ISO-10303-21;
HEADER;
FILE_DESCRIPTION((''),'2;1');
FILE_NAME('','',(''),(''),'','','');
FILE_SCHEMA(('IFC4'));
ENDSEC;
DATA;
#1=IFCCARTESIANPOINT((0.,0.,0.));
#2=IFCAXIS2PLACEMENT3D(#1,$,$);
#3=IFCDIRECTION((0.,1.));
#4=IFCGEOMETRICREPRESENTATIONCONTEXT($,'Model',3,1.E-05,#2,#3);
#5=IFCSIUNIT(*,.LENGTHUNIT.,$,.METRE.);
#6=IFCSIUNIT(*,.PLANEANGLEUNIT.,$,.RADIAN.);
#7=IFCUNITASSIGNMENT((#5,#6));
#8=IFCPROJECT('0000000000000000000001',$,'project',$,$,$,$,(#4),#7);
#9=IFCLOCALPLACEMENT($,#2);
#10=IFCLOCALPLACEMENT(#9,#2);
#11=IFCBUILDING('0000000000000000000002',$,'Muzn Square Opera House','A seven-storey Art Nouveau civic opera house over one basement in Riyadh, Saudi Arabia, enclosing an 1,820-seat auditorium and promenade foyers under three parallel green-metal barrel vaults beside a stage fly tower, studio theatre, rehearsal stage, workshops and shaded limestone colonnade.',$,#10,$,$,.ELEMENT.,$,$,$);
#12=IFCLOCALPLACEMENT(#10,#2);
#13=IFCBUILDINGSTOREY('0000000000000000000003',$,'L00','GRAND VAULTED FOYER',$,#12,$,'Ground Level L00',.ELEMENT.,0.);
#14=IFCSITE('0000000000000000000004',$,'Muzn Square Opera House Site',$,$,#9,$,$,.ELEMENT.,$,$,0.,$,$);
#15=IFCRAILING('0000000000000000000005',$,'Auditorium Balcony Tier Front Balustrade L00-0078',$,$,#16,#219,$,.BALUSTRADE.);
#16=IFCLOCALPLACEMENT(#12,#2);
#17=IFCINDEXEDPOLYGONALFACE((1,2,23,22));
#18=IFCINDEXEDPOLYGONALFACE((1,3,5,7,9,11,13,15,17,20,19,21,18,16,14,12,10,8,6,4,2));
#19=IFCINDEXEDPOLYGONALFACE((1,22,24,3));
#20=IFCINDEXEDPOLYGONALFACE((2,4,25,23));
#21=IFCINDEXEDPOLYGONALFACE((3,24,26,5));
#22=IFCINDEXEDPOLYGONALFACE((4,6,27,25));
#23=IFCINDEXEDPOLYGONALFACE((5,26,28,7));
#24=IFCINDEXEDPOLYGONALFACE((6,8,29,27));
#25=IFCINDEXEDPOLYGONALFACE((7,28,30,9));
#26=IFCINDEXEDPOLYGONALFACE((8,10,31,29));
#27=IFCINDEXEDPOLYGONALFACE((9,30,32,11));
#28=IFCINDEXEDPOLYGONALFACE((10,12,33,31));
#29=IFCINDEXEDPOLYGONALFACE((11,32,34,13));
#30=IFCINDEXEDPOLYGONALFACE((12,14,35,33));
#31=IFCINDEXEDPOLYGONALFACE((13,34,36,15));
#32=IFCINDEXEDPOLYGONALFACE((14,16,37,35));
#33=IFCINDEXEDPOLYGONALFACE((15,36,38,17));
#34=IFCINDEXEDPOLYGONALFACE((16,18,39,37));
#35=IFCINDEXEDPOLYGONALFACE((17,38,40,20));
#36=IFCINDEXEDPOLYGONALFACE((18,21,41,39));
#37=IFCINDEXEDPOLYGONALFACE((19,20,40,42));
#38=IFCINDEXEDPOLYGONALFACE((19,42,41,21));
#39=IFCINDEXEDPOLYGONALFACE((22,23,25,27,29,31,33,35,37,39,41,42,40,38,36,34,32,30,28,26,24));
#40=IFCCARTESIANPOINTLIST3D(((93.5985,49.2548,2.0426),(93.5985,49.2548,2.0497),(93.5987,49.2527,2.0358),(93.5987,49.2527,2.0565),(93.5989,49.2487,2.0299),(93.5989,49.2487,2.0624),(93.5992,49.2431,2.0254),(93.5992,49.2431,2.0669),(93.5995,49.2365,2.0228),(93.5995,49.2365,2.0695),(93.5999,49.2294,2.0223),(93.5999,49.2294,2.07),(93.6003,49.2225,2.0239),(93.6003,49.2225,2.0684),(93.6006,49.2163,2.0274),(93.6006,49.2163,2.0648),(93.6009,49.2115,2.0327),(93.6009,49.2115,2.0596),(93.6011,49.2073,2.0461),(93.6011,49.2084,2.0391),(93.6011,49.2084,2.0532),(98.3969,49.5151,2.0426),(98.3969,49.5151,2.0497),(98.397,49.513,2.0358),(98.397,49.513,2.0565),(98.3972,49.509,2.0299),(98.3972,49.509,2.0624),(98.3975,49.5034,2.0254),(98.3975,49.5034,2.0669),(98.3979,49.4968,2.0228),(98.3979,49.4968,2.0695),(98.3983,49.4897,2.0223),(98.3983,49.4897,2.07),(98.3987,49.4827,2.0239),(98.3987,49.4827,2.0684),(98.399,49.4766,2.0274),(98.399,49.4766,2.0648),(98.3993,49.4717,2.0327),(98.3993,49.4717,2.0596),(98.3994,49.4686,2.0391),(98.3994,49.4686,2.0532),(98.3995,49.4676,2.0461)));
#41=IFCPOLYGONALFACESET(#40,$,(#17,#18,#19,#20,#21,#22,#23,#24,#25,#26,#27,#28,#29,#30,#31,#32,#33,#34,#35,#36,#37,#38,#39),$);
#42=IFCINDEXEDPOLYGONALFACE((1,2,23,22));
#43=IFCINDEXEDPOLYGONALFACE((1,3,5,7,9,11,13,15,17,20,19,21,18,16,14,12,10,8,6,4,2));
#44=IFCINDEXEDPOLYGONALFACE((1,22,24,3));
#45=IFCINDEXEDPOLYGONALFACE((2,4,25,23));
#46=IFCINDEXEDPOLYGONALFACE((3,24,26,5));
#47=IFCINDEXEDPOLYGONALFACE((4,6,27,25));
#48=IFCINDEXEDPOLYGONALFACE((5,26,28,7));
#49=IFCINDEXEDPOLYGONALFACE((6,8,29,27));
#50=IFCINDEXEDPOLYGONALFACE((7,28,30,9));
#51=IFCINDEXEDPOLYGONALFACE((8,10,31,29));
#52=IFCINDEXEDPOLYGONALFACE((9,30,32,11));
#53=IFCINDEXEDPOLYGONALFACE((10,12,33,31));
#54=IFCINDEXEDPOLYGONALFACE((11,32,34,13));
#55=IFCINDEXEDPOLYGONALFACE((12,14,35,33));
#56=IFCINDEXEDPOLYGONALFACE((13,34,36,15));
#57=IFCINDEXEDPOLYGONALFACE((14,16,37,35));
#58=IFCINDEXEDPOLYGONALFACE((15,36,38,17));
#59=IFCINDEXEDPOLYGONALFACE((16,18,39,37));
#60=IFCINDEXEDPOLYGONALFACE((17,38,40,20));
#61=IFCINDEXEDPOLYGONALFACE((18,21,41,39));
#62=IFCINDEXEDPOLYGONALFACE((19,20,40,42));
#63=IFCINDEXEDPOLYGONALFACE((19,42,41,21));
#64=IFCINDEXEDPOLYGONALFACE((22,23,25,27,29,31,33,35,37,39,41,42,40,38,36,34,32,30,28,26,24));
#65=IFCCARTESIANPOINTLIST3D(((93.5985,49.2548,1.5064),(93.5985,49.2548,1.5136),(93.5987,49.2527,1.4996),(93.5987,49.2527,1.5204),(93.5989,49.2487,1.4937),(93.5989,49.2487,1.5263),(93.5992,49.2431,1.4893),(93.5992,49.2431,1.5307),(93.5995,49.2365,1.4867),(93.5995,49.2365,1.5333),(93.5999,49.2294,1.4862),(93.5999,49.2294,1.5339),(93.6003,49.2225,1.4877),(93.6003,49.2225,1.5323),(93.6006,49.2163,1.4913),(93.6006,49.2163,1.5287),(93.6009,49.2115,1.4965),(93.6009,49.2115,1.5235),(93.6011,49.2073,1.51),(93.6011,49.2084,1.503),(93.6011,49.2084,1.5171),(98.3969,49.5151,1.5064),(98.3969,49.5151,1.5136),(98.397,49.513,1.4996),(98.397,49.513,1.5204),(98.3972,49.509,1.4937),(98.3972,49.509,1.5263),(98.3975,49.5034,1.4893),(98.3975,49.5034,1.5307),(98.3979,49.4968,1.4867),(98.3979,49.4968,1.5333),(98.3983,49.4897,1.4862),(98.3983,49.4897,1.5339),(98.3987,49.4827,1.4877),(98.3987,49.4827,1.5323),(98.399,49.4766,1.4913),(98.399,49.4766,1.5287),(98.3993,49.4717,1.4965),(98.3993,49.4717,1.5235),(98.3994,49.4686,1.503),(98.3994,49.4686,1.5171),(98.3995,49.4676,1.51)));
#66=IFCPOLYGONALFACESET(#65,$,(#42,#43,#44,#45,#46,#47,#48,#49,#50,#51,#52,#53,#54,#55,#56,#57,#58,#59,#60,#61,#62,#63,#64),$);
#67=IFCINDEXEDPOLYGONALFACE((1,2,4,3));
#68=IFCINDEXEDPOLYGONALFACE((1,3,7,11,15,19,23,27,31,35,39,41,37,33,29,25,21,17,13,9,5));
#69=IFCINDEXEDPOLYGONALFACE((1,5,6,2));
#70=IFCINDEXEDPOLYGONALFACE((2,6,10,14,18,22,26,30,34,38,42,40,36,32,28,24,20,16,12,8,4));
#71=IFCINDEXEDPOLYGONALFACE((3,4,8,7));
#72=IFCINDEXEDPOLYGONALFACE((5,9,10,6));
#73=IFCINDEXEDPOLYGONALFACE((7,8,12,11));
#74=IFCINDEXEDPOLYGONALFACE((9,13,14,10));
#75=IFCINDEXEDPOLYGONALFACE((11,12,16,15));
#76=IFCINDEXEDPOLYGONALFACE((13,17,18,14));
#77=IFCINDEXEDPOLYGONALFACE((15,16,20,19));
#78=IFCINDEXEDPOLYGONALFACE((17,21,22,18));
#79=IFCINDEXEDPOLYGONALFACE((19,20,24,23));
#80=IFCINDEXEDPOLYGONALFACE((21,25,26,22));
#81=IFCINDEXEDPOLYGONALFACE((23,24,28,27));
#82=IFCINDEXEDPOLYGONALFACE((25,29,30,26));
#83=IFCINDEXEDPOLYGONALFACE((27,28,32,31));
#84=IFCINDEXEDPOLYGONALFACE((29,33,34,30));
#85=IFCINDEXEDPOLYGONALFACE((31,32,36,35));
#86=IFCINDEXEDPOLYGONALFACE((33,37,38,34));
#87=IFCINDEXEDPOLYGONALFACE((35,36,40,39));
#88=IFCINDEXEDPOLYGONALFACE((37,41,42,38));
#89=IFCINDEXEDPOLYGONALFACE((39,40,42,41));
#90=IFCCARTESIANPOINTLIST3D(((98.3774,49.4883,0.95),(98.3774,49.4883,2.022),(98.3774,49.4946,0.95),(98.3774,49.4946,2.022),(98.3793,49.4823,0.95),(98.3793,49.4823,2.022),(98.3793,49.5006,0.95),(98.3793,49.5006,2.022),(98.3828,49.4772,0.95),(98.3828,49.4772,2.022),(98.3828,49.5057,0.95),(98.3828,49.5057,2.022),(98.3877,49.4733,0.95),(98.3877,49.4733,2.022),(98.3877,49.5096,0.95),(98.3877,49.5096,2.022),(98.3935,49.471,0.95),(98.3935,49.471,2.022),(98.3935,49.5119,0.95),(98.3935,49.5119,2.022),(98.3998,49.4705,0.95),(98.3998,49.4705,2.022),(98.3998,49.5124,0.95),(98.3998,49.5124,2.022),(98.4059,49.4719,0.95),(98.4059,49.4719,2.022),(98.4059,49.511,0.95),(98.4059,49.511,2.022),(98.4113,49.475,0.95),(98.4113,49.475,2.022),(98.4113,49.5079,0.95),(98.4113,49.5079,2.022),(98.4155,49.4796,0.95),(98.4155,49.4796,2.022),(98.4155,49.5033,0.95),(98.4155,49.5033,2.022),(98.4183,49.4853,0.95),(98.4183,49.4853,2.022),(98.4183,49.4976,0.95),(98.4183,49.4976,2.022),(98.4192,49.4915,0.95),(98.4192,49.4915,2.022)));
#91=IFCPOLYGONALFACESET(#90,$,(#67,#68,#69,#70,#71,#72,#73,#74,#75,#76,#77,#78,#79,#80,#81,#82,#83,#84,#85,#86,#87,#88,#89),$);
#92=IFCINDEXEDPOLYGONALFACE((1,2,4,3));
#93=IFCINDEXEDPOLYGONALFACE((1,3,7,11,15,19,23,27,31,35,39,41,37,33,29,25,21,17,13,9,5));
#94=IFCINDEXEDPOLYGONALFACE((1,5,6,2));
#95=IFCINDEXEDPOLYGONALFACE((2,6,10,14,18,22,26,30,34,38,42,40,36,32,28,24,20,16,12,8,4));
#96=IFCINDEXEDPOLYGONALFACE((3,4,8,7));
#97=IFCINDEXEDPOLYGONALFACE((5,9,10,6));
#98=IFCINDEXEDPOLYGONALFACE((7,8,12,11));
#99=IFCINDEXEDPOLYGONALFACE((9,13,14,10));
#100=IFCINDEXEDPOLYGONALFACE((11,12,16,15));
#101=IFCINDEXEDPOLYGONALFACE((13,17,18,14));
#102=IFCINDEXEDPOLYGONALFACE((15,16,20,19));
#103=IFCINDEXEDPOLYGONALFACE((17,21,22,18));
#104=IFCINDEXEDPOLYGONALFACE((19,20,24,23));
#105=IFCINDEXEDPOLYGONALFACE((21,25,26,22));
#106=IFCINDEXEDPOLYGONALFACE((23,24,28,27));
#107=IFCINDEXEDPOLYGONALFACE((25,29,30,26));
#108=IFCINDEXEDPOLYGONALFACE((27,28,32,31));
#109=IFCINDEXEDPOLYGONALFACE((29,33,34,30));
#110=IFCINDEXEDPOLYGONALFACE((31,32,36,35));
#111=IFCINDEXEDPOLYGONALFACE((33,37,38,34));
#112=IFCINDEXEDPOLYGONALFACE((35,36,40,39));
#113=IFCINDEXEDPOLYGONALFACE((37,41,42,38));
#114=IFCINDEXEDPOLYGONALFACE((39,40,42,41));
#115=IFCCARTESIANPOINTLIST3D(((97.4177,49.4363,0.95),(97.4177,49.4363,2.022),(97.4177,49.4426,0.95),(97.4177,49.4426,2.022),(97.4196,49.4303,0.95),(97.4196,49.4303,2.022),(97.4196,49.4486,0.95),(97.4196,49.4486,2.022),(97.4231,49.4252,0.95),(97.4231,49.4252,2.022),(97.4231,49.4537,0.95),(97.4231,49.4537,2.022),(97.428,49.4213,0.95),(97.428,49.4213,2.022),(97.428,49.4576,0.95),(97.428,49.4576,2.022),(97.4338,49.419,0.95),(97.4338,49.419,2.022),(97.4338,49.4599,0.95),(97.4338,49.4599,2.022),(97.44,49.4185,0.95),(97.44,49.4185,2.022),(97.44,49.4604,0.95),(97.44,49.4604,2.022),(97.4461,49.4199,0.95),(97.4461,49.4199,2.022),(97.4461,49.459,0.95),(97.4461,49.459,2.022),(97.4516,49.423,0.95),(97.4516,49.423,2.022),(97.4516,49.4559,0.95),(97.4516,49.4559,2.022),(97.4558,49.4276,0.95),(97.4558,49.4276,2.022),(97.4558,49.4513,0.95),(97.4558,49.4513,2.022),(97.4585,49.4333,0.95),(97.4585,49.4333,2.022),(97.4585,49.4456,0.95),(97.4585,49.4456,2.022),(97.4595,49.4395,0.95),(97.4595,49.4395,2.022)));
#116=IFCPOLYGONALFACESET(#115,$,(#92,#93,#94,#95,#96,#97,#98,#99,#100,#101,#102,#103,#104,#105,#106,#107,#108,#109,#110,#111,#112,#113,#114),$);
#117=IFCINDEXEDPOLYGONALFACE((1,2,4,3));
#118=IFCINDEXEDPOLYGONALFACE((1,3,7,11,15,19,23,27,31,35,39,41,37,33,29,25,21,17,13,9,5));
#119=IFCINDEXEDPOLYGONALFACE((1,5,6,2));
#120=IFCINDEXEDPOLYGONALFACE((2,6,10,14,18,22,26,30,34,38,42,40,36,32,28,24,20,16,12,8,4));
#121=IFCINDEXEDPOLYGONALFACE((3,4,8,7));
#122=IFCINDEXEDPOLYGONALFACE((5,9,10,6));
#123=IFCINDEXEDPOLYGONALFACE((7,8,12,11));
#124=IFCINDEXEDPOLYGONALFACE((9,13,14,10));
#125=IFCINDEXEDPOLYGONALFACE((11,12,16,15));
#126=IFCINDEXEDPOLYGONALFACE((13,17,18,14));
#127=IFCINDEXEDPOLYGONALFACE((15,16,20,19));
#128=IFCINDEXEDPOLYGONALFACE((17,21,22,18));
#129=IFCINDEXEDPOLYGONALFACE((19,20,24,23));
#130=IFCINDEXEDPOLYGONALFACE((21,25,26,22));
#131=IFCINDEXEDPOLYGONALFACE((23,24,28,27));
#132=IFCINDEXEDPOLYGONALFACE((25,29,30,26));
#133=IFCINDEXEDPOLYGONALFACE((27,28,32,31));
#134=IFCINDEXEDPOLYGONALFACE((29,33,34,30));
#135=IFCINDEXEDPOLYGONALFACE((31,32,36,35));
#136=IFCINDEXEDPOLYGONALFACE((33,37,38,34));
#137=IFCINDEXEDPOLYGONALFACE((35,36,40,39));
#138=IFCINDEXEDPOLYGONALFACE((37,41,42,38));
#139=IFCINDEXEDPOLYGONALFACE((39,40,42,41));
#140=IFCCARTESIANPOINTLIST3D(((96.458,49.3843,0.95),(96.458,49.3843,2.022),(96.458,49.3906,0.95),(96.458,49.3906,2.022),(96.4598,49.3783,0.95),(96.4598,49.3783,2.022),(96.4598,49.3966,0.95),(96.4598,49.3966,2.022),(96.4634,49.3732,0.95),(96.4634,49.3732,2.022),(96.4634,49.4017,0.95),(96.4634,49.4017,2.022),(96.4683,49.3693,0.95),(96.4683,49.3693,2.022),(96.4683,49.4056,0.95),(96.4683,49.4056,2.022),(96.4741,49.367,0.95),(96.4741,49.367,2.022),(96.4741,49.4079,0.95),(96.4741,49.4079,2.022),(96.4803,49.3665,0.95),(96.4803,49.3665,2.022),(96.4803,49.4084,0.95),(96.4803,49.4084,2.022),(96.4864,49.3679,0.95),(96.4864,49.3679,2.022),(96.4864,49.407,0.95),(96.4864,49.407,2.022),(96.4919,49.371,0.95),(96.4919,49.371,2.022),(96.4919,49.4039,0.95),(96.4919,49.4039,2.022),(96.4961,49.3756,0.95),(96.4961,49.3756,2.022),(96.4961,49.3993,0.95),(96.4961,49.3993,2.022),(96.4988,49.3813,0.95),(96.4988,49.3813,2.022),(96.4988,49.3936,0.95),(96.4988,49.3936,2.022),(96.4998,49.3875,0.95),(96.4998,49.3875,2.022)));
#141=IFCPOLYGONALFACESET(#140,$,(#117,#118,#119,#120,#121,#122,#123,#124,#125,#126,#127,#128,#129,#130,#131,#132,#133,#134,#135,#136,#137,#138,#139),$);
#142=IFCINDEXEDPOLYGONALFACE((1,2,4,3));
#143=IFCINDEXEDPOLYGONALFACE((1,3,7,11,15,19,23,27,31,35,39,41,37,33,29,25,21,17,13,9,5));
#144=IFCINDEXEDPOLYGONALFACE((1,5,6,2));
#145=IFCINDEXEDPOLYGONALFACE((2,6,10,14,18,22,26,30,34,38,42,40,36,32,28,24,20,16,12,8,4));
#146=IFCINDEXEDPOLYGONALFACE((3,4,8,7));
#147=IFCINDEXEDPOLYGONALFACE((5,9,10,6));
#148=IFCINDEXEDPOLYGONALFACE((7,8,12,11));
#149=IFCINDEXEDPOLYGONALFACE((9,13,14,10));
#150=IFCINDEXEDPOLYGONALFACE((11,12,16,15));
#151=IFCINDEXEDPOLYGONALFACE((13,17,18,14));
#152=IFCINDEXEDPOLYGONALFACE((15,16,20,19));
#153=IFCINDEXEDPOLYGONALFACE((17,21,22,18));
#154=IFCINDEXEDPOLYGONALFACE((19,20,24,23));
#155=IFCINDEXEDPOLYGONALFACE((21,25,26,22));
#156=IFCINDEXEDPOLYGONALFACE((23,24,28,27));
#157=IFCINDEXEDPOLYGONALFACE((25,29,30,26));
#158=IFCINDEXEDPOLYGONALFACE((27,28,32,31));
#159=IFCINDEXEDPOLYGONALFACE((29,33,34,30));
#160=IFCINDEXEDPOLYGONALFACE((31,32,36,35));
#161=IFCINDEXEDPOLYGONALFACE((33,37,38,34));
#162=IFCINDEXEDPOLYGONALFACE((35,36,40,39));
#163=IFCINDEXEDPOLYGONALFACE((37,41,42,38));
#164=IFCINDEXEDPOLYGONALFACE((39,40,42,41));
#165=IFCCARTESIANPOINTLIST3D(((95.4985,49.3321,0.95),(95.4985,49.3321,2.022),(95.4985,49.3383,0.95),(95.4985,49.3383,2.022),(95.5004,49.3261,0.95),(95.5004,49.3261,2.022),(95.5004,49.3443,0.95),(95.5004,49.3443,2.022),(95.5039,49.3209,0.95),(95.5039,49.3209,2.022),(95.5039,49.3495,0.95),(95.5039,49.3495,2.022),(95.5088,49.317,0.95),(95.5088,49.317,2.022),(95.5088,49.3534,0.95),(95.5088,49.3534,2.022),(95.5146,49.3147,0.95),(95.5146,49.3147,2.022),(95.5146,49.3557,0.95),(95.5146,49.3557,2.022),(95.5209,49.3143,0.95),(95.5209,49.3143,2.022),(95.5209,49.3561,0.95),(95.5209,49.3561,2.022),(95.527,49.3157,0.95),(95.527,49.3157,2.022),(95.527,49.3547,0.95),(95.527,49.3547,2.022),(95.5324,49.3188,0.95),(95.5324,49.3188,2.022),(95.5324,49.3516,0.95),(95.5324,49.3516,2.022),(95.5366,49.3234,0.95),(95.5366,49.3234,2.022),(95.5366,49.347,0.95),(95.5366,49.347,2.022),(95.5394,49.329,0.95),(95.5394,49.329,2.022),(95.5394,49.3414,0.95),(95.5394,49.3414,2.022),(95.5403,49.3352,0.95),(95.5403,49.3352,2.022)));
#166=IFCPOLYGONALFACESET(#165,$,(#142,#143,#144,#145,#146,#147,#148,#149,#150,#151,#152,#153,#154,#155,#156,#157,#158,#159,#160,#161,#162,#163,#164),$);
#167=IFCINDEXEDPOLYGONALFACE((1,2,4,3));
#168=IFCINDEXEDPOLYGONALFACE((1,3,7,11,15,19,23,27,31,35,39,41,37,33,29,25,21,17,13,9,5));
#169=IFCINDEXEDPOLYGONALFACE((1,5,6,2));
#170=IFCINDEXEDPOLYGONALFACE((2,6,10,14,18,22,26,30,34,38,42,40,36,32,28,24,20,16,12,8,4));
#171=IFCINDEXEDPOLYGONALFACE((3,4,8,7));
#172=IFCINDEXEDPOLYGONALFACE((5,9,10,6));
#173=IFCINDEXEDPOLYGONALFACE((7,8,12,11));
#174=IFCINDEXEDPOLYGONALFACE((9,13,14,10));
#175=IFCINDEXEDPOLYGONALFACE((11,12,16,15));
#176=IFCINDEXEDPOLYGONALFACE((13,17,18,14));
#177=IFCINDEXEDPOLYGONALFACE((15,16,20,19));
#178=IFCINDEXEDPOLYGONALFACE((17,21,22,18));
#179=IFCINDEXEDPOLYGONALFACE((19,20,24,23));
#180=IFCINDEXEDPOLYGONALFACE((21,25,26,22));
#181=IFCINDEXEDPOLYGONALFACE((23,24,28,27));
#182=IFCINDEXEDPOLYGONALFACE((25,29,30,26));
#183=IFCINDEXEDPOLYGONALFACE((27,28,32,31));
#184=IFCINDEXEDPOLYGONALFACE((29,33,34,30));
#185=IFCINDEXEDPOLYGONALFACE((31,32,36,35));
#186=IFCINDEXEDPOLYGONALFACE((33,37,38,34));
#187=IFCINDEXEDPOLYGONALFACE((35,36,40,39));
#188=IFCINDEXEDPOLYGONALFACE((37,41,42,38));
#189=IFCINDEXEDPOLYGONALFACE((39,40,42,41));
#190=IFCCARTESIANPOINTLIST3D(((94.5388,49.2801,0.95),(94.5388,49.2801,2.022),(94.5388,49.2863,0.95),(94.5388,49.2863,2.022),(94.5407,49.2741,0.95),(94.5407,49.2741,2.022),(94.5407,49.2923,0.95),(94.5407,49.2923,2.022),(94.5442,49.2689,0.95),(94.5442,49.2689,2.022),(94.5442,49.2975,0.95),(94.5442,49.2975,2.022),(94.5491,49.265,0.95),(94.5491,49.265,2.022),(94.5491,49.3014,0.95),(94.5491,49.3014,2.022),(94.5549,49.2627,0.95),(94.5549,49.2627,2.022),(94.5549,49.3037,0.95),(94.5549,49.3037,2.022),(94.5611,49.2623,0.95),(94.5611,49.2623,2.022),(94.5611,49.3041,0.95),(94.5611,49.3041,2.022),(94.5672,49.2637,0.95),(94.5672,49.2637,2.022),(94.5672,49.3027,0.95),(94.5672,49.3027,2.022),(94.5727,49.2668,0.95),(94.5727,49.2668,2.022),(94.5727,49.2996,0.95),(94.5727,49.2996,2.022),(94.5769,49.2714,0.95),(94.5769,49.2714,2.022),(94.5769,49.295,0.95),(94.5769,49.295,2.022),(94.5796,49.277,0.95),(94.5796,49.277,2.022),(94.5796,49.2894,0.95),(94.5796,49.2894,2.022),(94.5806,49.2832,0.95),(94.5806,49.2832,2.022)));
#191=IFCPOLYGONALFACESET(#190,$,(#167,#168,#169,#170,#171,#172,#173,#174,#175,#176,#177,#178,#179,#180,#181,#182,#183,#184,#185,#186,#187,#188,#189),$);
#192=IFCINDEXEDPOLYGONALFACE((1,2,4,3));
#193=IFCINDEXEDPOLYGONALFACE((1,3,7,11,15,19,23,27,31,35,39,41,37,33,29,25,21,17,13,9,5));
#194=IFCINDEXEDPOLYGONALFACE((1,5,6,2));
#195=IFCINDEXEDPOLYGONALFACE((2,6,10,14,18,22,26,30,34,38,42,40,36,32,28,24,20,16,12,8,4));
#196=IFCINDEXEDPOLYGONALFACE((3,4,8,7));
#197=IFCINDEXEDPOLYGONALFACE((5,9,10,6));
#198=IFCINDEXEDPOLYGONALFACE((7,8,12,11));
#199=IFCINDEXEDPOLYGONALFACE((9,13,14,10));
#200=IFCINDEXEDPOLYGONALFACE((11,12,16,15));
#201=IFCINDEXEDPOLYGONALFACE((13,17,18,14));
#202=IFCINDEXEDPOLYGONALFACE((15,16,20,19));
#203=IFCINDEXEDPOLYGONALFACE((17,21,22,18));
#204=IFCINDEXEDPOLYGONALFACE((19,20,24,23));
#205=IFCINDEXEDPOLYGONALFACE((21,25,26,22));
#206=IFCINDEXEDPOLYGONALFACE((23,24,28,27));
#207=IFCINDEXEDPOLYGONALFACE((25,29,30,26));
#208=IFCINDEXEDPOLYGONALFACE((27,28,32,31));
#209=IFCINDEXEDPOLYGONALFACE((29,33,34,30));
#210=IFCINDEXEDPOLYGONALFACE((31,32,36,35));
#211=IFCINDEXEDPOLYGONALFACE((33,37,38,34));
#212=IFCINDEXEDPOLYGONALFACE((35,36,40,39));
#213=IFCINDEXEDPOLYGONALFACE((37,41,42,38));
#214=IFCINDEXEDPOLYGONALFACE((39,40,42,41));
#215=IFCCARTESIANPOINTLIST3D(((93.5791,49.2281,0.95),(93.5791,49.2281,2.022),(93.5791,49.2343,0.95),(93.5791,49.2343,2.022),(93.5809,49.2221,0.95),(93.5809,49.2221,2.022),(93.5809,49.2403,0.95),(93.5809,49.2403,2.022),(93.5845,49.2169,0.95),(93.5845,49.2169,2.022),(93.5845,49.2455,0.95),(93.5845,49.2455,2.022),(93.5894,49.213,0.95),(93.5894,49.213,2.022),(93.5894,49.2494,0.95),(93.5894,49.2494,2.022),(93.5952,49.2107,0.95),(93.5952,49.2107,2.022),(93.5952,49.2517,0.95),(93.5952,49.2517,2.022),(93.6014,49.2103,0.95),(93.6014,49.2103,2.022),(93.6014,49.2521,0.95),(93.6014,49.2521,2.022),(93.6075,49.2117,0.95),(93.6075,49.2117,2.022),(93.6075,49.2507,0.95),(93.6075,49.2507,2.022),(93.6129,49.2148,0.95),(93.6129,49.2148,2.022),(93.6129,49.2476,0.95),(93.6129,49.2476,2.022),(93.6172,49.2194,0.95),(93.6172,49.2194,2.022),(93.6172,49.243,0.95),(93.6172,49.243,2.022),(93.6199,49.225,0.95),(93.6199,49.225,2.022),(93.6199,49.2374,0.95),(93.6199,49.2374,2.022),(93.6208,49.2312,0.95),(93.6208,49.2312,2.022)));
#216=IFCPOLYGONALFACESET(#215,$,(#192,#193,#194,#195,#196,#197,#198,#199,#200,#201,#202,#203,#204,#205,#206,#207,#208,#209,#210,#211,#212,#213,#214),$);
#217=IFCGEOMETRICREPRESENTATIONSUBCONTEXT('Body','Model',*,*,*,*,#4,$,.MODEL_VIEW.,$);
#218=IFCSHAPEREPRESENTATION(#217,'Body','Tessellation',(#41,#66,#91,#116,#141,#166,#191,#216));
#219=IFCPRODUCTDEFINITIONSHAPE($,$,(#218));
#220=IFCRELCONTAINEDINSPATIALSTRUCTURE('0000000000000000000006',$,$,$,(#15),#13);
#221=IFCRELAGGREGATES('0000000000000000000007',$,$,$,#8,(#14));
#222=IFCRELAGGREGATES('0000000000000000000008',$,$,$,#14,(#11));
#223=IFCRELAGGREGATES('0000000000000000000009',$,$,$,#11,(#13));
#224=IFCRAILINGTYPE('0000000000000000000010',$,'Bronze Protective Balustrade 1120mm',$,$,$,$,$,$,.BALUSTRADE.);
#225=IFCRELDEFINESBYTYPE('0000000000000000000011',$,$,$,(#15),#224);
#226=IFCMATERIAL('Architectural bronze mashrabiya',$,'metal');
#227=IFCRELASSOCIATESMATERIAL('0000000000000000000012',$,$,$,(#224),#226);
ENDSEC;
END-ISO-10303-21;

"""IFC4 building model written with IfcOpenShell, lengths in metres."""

from ifc_helpers import new_model, si_unit, direction, frame, origin, origin_2d, place, context, subcontext, project, spatial, circle, extrude, material, type_object, element, save


model = new_model("IFC4")

# Units and contexts
model_context = context("Model", 3, precision=1e-05, world=origin(), true_north=direction((0.0, 1.0)))
body_context = subcontext(model_context, "Body", "Model", "MODEL_VIEW")
ifc_project = project(units=[si_unit("LENGTHUNIT", "METRE"), si_unit("PLANEANGLEUNIT", "RADIAN")], contexts=[model_context])

# Site, building, storey
site_placement = place(None, origin())
site = spatial("IfcSite", under=ifc_project, at=site_placement, Name="Muzn Square Opera House Site", CompositionType="ELEMENT", RefElevation=0.0)
building_placement = place(site_placement, origin())
building = spatial("IfcBuilding", under=site, at=building_placement, Name="Muzn Square Opera House", Description="A seven-storey Art Nouveau civic opera house over one basement in Riyadh, Saudi Arabia, enclosing an 1,820-seat auditorium and promenade foyers under three parallel green-metal barrel vaults beside a stage fly tower, studio theatre, rehearsal stage, workshops and shaded limestone colonnade.", CompositionType="ELEMENT")
storey_placement = place(building_placement, origin())
storey = spatial("IfcBuildingStorey", under=building, at=storey_placement, Name="L00", Description="GRAND VAULTED FOYER", LongName="Ground Level L00", CompositionType="ELEMENT", Elevation=0.0)

# Railing
ifc_material_1 = material(Name="Architectural bronze mashrabiya", Category="metal")
railing_type_1 = type_object("IfcRailingType", Name="Bronze Protective Balustrade 1120mm", PredefinedType="BALUSTRADE", material=ifc_material_1)
railing_1_placement = place(storey_placement, frame((98.3982, 49.4915, 0.95)))
element("IfcRailing", 1, at=railing_1_placement, inside=storey, type_object=railing_type_1, Name="Auditorium Balcony Tier Front Balustrade L00-0078", PredefinedType="BALUSTRADE", context=body_context, shape_type="SweptSolid", body=[
    extrude(circle(Radius=0.0239, at=origin_2d()), frame((0.0, 0.0, 1.0962), z_axis=(-0.998532, -0.054159, 0.0), x_axis=(0.054159, -0.998532, 0.0)), (0.0, 0.0, 1.0), 4.8054),
    extrude(circle(Radius=0.0239, at=origin_2d()), frame((0.0, 0.0, 0.5601), z_axis=(-0.998532, -0.054159, 0.0), x_axis=(0.054159, -0.998532, 0.0)), (0.0, 0.0, 1.0), 4.8054),
    extrude(circle(Radius=0.021, at=origin_2d()), origin(), (0.0, 0.0, 1.0), 1.072),
    extrude(circle(Radius=0.021, at=origin_2d()), frame((-0.9597, -0.052, 0.0)), (0.0, 0.0, 1.0), 1.072),
    extrude(circle(Radius=0.021, at=origin_2d()), frame((-1.9194, -0.104, 0.0)), (0.0, 0.0, 1.0), 1.072),
    extrude(circle(Radius=0.021, at=origin_2d()), frame((-2.8789, -0.1562, 0.0)), (0.0, 0.0, 1.0), 1.072),
    extrude(circle(Radius=0.021, at=origin_2d()), frame((-3.8386, -0.2083, 0.0)), (0.0, 0.0, 1.0), 1.072),
    extrude(circle(Radius=0.021, at=origin_2d()), frame((-4.7983, -0.2603, 0.0)), (0.0, 0.0, 1.0), 1.072),
])

save(model, "model.ifc")
